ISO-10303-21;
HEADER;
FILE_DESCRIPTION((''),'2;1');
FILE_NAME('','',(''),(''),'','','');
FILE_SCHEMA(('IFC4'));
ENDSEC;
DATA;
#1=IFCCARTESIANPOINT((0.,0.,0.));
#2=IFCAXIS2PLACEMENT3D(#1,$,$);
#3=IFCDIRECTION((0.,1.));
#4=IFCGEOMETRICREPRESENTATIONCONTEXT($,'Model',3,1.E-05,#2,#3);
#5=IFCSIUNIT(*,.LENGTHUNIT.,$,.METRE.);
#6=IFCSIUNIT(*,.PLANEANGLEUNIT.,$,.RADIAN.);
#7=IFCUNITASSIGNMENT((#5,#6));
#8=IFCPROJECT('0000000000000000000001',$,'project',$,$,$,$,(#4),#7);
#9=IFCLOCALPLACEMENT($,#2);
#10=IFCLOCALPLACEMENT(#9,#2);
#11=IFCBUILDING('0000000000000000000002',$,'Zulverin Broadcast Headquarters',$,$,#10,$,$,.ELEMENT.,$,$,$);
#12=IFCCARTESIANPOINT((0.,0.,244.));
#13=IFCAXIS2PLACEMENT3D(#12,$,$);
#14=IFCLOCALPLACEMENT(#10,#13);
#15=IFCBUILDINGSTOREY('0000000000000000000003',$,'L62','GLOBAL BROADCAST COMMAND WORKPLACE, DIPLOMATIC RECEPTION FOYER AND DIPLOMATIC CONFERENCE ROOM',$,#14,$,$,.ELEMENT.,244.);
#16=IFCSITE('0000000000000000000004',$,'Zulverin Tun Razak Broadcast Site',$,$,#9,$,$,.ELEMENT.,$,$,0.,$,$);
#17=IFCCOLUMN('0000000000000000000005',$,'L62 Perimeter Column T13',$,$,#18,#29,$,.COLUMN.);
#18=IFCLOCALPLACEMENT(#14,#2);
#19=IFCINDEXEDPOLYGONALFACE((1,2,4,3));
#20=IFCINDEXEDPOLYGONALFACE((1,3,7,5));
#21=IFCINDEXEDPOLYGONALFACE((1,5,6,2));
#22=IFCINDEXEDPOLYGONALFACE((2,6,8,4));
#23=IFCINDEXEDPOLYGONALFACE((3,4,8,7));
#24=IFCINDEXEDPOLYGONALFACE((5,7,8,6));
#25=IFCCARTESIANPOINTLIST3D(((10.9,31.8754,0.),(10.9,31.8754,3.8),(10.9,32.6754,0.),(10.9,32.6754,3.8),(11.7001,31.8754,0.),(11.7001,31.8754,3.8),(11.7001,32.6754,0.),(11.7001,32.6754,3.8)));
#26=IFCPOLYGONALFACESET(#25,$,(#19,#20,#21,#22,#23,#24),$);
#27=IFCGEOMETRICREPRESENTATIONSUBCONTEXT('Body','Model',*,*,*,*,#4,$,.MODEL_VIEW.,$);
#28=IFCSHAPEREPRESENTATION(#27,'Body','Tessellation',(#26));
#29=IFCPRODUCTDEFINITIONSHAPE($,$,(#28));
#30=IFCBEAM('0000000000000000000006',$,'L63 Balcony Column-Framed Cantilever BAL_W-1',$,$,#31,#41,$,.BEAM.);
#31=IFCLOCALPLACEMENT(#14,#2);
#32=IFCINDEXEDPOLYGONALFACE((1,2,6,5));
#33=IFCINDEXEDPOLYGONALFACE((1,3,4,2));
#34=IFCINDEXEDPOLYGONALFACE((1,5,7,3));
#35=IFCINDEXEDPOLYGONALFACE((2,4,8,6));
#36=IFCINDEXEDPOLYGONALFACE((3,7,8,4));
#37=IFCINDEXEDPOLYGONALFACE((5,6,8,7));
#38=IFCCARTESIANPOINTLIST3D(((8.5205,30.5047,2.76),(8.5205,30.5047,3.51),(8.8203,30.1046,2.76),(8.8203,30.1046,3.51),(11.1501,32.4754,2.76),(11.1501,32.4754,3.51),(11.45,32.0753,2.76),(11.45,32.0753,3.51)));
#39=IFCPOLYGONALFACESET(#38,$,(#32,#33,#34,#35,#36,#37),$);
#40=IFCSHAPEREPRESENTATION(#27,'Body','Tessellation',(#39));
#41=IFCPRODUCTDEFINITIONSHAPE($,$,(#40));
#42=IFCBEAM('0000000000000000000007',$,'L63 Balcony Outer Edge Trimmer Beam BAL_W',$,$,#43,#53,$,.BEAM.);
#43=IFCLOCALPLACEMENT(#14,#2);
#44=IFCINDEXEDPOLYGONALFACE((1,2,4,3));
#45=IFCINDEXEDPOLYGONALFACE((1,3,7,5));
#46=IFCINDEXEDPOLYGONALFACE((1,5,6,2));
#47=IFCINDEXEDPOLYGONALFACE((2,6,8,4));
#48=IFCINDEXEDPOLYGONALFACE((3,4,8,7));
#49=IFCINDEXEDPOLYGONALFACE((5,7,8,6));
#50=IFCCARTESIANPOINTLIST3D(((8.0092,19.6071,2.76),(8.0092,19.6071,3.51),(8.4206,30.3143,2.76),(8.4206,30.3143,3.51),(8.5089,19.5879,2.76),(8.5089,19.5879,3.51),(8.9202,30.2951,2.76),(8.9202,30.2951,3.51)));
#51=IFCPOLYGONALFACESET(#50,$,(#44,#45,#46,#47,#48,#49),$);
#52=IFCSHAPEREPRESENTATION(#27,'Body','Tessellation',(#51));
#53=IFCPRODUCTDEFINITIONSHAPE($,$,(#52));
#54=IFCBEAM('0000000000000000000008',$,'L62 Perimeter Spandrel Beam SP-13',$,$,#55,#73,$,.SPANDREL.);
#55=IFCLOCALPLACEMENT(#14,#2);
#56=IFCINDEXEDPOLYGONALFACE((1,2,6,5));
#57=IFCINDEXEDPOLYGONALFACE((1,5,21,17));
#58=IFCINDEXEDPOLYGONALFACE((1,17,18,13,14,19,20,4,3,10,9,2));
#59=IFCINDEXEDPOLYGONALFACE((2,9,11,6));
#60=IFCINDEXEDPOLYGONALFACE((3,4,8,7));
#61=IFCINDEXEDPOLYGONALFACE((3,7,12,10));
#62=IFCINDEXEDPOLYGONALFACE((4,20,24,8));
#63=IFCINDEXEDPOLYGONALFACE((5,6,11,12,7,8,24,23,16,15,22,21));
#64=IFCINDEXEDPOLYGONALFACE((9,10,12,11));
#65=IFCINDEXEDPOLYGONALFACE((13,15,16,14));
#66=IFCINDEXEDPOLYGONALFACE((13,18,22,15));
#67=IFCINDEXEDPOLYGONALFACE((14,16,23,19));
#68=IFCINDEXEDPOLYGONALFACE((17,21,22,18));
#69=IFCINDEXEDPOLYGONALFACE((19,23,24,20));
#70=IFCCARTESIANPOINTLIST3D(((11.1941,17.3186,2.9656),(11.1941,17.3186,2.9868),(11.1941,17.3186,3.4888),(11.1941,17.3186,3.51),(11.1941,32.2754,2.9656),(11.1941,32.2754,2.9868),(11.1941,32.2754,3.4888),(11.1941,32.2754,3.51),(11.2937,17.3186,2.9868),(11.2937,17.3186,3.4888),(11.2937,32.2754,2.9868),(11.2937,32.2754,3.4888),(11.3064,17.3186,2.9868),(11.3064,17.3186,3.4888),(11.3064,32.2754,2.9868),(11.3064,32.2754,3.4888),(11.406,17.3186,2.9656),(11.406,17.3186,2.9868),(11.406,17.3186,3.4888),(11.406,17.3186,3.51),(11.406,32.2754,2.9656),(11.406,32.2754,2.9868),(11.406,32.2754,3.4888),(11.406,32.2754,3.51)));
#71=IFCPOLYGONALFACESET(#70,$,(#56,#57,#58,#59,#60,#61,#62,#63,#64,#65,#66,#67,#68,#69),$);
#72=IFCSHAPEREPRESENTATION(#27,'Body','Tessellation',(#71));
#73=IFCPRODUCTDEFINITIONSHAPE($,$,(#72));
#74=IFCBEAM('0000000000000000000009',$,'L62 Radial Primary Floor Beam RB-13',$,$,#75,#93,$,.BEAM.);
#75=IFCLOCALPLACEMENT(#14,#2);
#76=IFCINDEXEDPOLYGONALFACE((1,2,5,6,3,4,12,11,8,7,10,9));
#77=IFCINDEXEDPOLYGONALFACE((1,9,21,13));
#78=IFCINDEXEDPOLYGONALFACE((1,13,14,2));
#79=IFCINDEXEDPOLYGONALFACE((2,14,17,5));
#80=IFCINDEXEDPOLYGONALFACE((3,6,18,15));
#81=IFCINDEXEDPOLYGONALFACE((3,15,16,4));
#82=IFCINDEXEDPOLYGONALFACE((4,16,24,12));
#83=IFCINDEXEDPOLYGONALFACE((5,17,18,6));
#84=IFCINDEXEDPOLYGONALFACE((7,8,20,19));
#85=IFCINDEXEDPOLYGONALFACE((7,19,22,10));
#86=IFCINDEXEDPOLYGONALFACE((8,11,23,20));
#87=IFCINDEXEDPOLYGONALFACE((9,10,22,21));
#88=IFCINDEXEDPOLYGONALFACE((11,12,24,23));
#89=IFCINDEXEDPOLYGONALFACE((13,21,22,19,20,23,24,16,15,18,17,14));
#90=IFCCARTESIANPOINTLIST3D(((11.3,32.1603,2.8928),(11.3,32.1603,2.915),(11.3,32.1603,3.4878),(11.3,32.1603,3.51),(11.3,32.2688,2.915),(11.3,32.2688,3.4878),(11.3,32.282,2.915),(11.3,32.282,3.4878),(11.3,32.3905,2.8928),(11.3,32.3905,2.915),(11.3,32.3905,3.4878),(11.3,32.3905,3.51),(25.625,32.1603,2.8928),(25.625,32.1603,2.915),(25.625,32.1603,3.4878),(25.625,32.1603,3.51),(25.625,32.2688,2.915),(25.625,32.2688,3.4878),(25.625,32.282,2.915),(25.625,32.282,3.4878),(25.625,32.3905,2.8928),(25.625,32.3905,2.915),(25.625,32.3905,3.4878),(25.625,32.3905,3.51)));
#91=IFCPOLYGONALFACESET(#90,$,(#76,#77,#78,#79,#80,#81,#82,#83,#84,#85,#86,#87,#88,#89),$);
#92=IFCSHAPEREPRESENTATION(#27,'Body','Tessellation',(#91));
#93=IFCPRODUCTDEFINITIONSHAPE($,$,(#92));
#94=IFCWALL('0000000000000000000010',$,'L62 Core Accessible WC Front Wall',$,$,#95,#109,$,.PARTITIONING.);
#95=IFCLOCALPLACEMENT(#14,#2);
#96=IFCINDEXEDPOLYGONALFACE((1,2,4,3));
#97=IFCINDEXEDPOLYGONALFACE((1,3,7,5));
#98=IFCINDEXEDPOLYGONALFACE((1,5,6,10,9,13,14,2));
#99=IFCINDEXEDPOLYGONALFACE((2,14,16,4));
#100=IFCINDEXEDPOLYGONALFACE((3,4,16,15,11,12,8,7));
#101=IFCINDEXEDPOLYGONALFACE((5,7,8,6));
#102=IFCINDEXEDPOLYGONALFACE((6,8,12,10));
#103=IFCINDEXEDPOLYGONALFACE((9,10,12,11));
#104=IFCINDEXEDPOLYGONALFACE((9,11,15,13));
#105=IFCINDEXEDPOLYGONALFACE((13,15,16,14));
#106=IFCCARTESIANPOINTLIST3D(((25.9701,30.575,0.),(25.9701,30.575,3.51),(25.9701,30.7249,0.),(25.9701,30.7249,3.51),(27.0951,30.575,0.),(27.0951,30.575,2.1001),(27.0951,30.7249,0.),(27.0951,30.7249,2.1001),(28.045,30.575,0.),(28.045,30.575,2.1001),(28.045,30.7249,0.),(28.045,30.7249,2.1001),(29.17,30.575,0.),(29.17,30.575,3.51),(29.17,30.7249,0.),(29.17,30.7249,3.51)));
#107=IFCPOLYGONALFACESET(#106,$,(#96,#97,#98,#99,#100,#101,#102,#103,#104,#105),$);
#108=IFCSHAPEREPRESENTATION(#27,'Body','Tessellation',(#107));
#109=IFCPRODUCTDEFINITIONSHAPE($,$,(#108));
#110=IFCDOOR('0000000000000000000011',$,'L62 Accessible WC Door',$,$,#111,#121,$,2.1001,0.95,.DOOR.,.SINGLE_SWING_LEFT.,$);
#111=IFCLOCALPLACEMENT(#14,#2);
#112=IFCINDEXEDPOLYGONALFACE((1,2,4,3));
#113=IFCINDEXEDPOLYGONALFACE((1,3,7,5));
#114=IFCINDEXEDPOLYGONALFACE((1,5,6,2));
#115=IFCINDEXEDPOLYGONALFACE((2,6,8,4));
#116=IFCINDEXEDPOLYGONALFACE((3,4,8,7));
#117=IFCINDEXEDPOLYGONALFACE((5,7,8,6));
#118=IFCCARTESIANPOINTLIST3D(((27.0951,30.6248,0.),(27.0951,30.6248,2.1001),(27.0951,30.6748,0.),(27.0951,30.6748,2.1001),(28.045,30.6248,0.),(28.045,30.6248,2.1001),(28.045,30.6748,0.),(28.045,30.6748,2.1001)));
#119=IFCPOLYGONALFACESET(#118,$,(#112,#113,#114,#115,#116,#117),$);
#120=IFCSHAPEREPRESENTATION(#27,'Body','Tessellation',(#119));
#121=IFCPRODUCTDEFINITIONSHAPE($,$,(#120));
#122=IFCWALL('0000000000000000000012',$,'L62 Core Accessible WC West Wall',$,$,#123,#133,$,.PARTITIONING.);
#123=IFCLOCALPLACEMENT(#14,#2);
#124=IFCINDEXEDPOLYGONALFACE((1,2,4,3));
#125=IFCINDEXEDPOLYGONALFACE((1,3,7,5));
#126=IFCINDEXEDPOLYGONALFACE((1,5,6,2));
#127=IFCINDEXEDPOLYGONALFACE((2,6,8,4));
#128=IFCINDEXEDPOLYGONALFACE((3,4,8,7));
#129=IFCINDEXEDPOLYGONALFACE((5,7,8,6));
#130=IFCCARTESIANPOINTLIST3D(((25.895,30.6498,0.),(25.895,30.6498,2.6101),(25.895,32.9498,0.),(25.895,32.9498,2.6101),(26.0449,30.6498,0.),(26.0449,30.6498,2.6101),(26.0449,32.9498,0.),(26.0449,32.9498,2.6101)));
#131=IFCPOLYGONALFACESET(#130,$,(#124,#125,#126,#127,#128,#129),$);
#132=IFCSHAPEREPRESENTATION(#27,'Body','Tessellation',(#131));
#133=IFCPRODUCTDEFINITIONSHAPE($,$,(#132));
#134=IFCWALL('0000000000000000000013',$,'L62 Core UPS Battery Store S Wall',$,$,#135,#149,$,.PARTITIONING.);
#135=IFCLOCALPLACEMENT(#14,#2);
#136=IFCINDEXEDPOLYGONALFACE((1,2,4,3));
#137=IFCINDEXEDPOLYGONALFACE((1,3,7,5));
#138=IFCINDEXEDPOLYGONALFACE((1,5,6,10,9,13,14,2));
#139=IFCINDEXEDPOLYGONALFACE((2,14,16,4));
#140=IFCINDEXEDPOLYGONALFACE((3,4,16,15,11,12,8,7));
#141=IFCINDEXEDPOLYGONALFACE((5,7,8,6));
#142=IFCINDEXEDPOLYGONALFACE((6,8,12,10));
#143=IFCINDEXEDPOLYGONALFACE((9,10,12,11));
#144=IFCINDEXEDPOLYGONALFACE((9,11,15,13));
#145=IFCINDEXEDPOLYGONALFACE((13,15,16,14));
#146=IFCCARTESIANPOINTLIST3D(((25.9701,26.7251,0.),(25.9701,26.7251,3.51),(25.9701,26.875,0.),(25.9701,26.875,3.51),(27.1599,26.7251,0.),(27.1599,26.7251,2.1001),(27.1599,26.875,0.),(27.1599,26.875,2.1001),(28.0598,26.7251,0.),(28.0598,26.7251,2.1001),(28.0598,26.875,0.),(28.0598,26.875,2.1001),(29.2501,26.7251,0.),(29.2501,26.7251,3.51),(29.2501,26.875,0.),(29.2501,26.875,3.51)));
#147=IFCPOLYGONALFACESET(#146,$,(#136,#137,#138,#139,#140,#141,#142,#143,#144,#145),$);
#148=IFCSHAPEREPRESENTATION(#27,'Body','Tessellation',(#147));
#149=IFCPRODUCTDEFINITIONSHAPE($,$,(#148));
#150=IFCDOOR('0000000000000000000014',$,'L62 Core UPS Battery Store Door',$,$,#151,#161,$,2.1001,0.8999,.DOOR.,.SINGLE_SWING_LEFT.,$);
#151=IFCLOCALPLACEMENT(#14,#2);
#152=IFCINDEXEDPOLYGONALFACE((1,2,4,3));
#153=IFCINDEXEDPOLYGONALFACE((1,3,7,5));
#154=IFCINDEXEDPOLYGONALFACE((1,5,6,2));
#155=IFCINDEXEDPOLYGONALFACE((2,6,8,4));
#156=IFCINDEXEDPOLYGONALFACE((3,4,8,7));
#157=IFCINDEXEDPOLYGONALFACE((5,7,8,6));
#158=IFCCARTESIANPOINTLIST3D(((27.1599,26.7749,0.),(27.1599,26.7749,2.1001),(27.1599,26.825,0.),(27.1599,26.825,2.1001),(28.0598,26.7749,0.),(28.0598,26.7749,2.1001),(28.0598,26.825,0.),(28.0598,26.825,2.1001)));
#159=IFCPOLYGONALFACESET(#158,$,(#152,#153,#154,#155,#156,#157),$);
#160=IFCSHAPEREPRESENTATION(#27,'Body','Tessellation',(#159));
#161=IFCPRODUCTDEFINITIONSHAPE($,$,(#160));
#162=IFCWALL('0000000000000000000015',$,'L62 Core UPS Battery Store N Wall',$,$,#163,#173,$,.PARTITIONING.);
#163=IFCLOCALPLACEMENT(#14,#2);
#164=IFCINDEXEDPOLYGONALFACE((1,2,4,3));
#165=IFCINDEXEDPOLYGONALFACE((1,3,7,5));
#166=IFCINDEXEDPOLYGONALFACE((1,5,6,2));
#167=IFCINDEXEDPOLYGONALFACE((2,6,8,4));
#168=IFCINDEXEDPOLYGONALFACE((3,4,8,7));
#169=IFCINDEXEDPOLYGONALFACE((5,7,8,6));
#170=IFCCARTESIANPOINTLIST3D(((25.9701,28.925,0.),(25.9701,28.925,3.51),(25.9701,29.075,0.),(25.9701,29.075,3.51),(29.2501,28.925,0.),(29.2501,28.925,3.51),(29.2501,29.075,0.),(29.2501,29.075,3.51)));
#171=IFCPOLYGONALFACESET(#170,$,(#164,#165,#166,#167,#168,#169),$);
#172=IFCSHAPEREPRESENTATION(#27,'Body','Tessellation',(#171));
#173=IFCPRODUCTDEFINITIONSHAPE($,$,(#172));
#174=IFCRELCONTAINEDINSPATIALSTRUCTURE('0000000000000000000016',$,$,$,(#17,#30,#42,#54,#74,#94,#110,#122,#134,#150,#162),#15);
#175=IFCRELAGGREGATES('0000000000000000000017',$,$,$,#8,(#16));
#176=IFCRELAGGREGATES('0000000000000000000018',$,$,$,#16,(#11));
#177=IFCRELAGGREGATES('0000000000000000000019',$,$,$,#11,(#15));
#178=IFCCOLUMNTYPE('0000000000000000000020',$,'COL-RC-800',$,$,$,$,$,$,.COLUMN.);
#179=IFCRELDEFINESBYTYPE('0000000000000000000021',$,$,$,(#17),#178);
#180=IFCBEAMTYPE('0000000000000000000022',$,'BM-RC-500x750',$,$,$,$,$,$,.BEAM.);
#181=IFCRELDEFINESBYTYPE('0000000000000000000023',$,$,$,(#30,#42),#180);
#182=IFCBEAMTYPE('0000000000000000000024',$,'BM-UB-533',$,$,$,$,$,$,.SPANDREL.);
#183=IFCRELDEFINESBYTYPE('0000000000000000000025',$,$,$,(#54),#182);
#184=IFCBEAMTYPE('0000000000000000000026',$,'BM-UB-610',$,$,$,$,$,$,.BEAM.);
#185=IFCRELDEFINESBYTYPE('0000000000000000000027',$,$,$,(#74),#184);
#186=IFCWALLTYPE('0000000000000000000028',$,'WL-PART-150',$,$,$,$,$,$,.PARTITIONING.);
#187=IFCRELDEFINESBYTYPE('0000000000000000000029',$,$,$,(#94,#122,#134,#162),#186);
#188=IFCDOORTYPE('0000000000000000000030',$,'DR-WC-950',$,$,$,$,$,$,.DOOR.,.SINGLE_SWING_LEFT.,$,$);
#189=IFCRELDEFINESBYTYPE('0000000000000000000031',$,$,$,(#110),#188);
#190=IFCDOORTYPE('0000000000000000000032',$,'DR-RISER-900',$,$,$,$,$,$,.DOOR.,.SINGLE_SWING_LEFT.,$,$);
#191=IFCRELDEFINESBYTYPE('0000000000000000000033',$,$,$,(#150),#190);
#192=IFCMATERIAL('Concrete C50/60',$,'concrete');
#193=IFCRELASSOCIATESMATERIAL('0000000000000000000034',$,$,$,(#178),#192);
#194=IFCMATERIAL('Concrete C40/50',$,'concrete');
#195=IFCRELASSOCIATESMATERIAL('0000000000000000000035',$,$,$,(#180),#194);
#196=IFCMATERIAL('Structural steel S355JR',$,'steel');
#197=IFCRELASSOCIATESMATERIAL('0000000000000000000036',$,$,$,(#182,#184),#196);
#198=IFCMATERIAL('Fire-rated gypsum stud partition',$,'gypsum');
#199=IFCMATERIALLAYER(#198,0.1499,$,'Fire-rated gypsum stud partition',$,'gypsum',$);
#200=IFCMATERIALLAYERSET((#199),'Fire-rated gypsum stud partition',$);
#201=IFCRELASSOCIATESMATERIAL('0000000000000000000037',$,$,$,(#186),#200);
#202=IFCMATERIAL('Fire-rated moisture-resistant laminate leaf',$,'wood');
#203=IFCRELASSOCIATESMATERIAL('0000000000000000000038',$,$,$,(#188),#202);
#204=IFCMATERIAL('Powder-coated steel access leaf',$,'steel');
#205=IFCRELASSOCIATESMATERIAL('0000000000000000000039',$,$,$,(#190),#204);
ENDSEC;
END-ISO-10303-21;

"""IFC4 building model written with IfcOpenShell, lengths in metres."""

from ifc_helpers import new_model, si_unit, direction, frame, frame_2d, origin, origin_2d, place, context, subcontext, project, spatial, rectangle, i_section, extrude, material, layer, layer_set, material_profile, profile_set, type_object, element, fill, save


model = new_model("IFC4")

# Units and contexts
model_context = context("Model", 3, precision=1e-05, world=origin(), true_north=direction((0.0, 1.0)))
body_context = subcontext(model_context, "Body", "Model", "MODEL_VIEW")
ifc_project = project(units=[si_unit("LENGTHUNIT", "METRE"), si_unit("PLANEANGLEUNIT", "RADIAN")], contexts=[model_context])

# Site, building, storey
site_placement = place(None, origin())
site = spatial("IfcSite", under=ifc_project, at=site_placement, Name="Zulverin Tun Razak Broadcast Site", CompositionType="ELEMENT", RefElevation=0.0)
building_placement = place(site_placement, origin())
building = spatial("IfcBuilding", under=site, at=building_placement, Name="Zulverin Broadcast Headquarters", CompositionType="ELEMENT")
storey_placement = place(building_placement, frame((0.0, 0.0, 244.0)))
storey = spatial("IfcBuildingStorey", under=building, at=storey_placement, Name="L62", Description="GLOBAL BROADCAST COMMAND WORKPLACE, DIPLOMATIC RECEPTION FOYER AND DIPLOMATIC CONFERENCE ROOM", CompositionType="ELEMENT", Elevation=244.0)

# Column
ifc_material_1 = material(Name="Concrete C50/60", Category="concrete")
ifc_material_profile_1 = material_profile(ifc_material_1, rectangle(XDim=0.8, YDim=0.8, at=origin_2d()), Name="Concrete C50/60", Category="concrete")
ifc_profile_set_1 = profile_set([ifc_material_profile_1], Name="Concrete C50/60")
column_type = type_object("IfcColumnType", Name="COL-RC-800", PredefinedType="COLUMN", material=ifc_profile_set_1)
column_placement = place(storey_placement, frame((11.3, 32.2754, 0.0), z_axis=(0.0, 0.0, 1.0), x_axis=(1.0, 0.0, 0.0)))
element("IfcColumn", 1, at=column_placement, inside=storey, type_object=column_type, Name="L62 Perimeter Column T13", PredefinedType="COLUMN", context=body_context, shape_type="SweptSolid", body=[
    extrude(rectangle(XDim=0.8, YDim=0.8, at=origin_2d()), origin(), (0.0, 0.0, 1.0), 3.8),
])

# Beams
ifc_material_2 = material(Name="Concrete C40/50", Category="concrete")
ifc_material_profile_2 = material_profile(ifc_material_2, rectangle(XDim=0.5, YDim=0.75, at=origin_2d()), Name="Concrete C40/50", Category="concrete")
ifc_profile_set_2 = profile_set([ifc_material_profile_2], Name="Concrete C40/50")
beam_type_1 = type_object("IfcBeamType", Name="BM-RC-500x750", PredefinedType="BEAM", material=ifc_profile_set_2)
beam_1_placement = place(storey_placement, frame((11.3, 32.2754, 3.135), z_axis=(-0.800223, -0.599703, 0.0), x_axis=(0.599703, -0.800223, 0.0)))
element("IfcBeam", 2, at=beam_1_placement, inside=storey, type_object=beam_type_1, Name="L63 Balcony Column-Framed Cantilever BAL_W-1", PredefinedType="BEAM", context=body_context, shape_type="SweptSolid", body=[
    extrude(rectangle(XDim=0.5, YDim=0.75, at=origin_2d()), origin(), (0.0, 0.0, 1.0), 3.2861),
])
beam_2_placement = place(storey_placement, frame((8.6704, 30.3047, 3.135), z_axis=(-0.038392, -0.999263, 0.0), x_axis=(0.999263, -0.038392, 0.0)))
element("IfcBeam", 3, at=beam_2_placement, inside=storey, type_object=beam_type_1, Name="L63 Balcony Outer Edge Trimmer Beam BAL_W", PredefinedType="BEAM", context=body_context, shape_type="SweptSolid", body=[
    extrude(rectangle(XDim=0.5, YDim=0.75, at=origin_2d()), origin(), (0.0, 0.0, 1.0), 10.7151),
])
ifc_material_3 = material(Name="Structural steel S355JR", Category="steel")
ifc_material_profile_3 = material_profile(ifc_material_3, i_section(OverallWidth=0.2119, OverallDepth=0.5444, WebThickness=0.0127, FlangeThickness=0.0212, at=origin_2d()), Name="Structural steel S355JR", Category="steel")
ifc_profile_set_3 = profile_set([ifc_material_profile_3], Name="Structural steel S355JR")
beam_type_2 = type_object("IfcBeamType", Name="BM-UB-533", PredefinedType="SPANDREL", material=ifc_profile_set_3)
beam_3_placement = place(storey_placement, frame((11.3, 32.2754, 3.2378), z_axis=(0.0, -1.0, 0.0), x_axis=(1.0, 0.0, 0.0)))
element("IfcBeam", 4, at=beam_3_placement, inside=storey, type_object=beam_type_2, Name="L62 Perimeter Spandrel Beam SP-13", PredefinedType="SPANDREL", context=body_context, shape_type="SweptSolid", body=[
    extrude(i_section(OverallWidth=0.2119, OverallDepth=0.5444, WebThickness=0.0127, FlangeThickness=0.0212, at=origin_2d()), origin(), (0.0, 0.0, 1.0), 14.9568),
])
ifc_material_profile_4 = material_profile(ifc_material_3, i_section(OverallWidth=0.2302, OverallDepth=0.6172, WebThickness=0.0132, FlangeThickness=0.0222, at=origin_2d()), Name="Structural steel S355JR", Category="steel")
ifc_profile_set_4 = profile_set([ifc_material_profile_4], Name="Structural steel S355JR")
beam_type_3 = type_object("IfcBeamType", Name="BM-UB-610", PredefinedType="BEAM", material=ifc_profile_set_4)
beam_4_placement = place(storey_placement, frame((25.625, 32.2754, 3.2014), z_axis=(-1.0, 0.0, 0.0), x_axis=(0.0, -1.0, 0.0)))
element("IfcBeam", 5, at=beam_4_placement, inside=storey, type_object=beam_type_3, Name="L62 Radial Primary Floor Beam RB-13", PredefinedType="BEAM", context=body_context, shape_type="SweptSolid", body=[
    extrude(i_section(OverallWidth=0.2302, OverallDepth=0.6172, WebThickness=0.0132, FlangeThickness=0.0222, at=origin_2d()), origin(), (0.0, 0.0, 1.0), 14.325),
])

# Wall, opening, door
ifc_material_4 = material(Name="Fire-rated gypsum stud partition", Category="gypsum")
ifc_layer_1 = layer(ifc_material_4, 0.1499, Name="Fire-rated gypsum stud partition", Category="gypsum")
ifc_layer_set_1 = layer_set([ifc_layer_1], Name="Fire-rated gypsum stud partition")
wall_type = type_object("IfcWallType", Name="WL-PART-150", PredefinedType="PARTITIONING", material=ifc_layer_set_1)
wall_1_placement = place(storey_placement, frame((25.97, 30.6499, 0.0), z_axis=(0.0, 0.0, 1.0), x_axis=(1.0, 0.0, 0.0)))
wall_1 = element("IfcWall", 6, at=wall_1_placement, inside=storey, type_object=wall_type, Name="L62 Core Accessible WC Front Wall", PredefinedType="PARTITIONING", context=body_context, shape_type="SweptSolid", body=[
    extrude(rectangle(XDim=3.2, YDim=0.1499, at=frame_2d((1.6001, 0.0))), origin(), (0.0, 0.0, 1.0), 3.51),
])
opening_1_placement = place(wall_1_placement, frame((1.125, 0.0, 0.0)))
opening_1 = element("IfcOpeningElement", 7, at=opening_1_placement, cuts=wall_1, PredefinedType="OPENING", context=body_context, shape_type="SweptSolid", body=[
    extrude(rectangle(XDim=0.95, YDim=2.1001, at=frame_2d((0.4751, 1.05))), frame((0.0, 0.085, 0.0), z_axis=(0.0, -1.0, 0.0), x_axis=(1.0, 0.0, 0.0)), (0.0, 0.0, 1.0), 0.1699),
])
ifc_material_5 = material(Name="Fire-rated moisture-resistant laminate leaf", Category="wood")
door_type_1 = type_object("IfcDoorType", Name="DR-WC-950", OperationType="SINGLE_SWING_LEFT", PredefinedType="DOOR", material=ifc_material_5)
door_1_placement = place(opening_1_placement, origin())
door_1 = element("IfcDoor", 8, at=door_1_placement, inside=storey, type_object=door_type_1, Name="L62 Accessible WC Door", OperationType="SINGLE_SWING_LEFT", OverallHeight=2.1001, OverallWidth=0.95, PredefinedType="DOOR", context=body_context, shape_type="SweptSolid", body=[
    extrude(rectangle(XDim=0.95, YDim=2.1001, at=frame_2d((0.4751, 1.05))), frame((0.0, 0.0249, 0.0), z_axis=(0.0, -1.0, 0.0), x_axis=(1.0, 0.0, 0.0)), (0.0, 0.0, 1.0), 0.05),
])
fill(opening_1, door_1)

# Wall
wall_2_placement = place(storey_placement, frame((25.97, 30.6499, 0.0), z_axis=(0.0, 0.0, 1.0), x_axis=(0.0, 1.0, 0.0)))
element("IfcWall", 9, at=wall_2_placement, inside=storey, type_object=wall_type, Name="L62 Core Accessible WC West Wall", PredefinedType="PARTITIONING", context=body_context, shape_type="SweptSolid", body=[
    extrude(rectangle(XDim=2.3, YDim=0.1499, at=frame_2d((1.1499, 0.0))), origin(), (0.0, 0.0, 1.0), 2.6101),
])

# Wall, opening, door
wall_3_placement = place(storey_placement, frame((25.97, 26.8, 0.0), z_axis=(0.0, 0.0, 1.0), x_axis=(1.0, 0.0, 0.0)))
wall_3 = element("IfcWall", 10, at=wall_3_placement, inside=storey, type_object=wall_type, Name="L62 Core UPS Battery Store S Wall", PredefinedType="PARTITIONING", context=body_context, shape_type="SweptSolid", body=[
    extrude(rectangle(XDim=3.28, YDim=0.1499, at=frame_2d((1.6401, 0.0))), origin(), (0.0, 0.0, 1.0), 3.51),
])
opening_2_placement = place(wall_3_placement, frame((1.1899, 0.0, 0.0)))
opening_2 = element("IfcOpeningElement", 11, at=opening_2_placement, cuts=wall_3, PredefinedType="OPENING", context=body_context, shape_type="SweptSolid", body=[
    extrude(rectangle(XDim=0.8999, YDim=2.1001, at=frame_2d((0.45, 1.05))), frame((0.0, 0.085, 0.0), z_axis=(0.0, -1.0, 0.0), x_axis=(1.0, 0.0, 0.0)), (0.0, 0.0, 1.0), 0.1699),
])
ifc_material_6 = material(Name="Powder-coated steel access leaf", Category="steel")
door_type_2 = type_object("IfcDoorType", Name="DR-RISER-900", OperationType="SINGLE_SWING_LEFT", PredefinedType="DOOR", material=ifc_material_6)
door_2_placement = place(opening_2_placement, origin())
door_2 = element("IfcDoor", 12, at=door_2_placement, inside=storey, type_object=door_type_2, Name="L62 Core UPS Battery Store Door", OperationType="SINGLE_SWING_LEFT", OverallHeight=2.1001, OverallWidth=0.8999, PredefinedType="DOOR", context=body_context, shape_type="SweptSolid", body=[
    extrude(rectangle(XDim=0.8999, YDim=2.1001, at=frame_2d((0.45, 1.05))), frame((0.0, 0.0249, 0.0), z_axis=(0.0, -1.0, 0.0), x_axis=(1.0, 0.0, 0.0)), (0.0, 0.0, 1.0), 0.05),
])
fill(opening_2, door_2)

# Wall
wall_4_placement = place(storey_placement, frame((25.97, 29.0, 0.0), z_axis=(0.0, 0.0, 1.0), x_axis=(1.0, 0.0, 0.0)))
element("IfcWall", 13, at=wall_4_placement, inside=storey, type_object=wall_type, Name="L62 Core UPS Battery Store N Wall", PredefinedType="PARTITIONING", context=body_context, shape_type="SweptSolid", body=[
    extrude(rectangle(XDim=3.28, YDim=0.1499, at=frame_2d((1.6401, 0.0))), origin(), (0.0, 0.0, 1.0), 3.51),
])

save(model, "model.ifc")
